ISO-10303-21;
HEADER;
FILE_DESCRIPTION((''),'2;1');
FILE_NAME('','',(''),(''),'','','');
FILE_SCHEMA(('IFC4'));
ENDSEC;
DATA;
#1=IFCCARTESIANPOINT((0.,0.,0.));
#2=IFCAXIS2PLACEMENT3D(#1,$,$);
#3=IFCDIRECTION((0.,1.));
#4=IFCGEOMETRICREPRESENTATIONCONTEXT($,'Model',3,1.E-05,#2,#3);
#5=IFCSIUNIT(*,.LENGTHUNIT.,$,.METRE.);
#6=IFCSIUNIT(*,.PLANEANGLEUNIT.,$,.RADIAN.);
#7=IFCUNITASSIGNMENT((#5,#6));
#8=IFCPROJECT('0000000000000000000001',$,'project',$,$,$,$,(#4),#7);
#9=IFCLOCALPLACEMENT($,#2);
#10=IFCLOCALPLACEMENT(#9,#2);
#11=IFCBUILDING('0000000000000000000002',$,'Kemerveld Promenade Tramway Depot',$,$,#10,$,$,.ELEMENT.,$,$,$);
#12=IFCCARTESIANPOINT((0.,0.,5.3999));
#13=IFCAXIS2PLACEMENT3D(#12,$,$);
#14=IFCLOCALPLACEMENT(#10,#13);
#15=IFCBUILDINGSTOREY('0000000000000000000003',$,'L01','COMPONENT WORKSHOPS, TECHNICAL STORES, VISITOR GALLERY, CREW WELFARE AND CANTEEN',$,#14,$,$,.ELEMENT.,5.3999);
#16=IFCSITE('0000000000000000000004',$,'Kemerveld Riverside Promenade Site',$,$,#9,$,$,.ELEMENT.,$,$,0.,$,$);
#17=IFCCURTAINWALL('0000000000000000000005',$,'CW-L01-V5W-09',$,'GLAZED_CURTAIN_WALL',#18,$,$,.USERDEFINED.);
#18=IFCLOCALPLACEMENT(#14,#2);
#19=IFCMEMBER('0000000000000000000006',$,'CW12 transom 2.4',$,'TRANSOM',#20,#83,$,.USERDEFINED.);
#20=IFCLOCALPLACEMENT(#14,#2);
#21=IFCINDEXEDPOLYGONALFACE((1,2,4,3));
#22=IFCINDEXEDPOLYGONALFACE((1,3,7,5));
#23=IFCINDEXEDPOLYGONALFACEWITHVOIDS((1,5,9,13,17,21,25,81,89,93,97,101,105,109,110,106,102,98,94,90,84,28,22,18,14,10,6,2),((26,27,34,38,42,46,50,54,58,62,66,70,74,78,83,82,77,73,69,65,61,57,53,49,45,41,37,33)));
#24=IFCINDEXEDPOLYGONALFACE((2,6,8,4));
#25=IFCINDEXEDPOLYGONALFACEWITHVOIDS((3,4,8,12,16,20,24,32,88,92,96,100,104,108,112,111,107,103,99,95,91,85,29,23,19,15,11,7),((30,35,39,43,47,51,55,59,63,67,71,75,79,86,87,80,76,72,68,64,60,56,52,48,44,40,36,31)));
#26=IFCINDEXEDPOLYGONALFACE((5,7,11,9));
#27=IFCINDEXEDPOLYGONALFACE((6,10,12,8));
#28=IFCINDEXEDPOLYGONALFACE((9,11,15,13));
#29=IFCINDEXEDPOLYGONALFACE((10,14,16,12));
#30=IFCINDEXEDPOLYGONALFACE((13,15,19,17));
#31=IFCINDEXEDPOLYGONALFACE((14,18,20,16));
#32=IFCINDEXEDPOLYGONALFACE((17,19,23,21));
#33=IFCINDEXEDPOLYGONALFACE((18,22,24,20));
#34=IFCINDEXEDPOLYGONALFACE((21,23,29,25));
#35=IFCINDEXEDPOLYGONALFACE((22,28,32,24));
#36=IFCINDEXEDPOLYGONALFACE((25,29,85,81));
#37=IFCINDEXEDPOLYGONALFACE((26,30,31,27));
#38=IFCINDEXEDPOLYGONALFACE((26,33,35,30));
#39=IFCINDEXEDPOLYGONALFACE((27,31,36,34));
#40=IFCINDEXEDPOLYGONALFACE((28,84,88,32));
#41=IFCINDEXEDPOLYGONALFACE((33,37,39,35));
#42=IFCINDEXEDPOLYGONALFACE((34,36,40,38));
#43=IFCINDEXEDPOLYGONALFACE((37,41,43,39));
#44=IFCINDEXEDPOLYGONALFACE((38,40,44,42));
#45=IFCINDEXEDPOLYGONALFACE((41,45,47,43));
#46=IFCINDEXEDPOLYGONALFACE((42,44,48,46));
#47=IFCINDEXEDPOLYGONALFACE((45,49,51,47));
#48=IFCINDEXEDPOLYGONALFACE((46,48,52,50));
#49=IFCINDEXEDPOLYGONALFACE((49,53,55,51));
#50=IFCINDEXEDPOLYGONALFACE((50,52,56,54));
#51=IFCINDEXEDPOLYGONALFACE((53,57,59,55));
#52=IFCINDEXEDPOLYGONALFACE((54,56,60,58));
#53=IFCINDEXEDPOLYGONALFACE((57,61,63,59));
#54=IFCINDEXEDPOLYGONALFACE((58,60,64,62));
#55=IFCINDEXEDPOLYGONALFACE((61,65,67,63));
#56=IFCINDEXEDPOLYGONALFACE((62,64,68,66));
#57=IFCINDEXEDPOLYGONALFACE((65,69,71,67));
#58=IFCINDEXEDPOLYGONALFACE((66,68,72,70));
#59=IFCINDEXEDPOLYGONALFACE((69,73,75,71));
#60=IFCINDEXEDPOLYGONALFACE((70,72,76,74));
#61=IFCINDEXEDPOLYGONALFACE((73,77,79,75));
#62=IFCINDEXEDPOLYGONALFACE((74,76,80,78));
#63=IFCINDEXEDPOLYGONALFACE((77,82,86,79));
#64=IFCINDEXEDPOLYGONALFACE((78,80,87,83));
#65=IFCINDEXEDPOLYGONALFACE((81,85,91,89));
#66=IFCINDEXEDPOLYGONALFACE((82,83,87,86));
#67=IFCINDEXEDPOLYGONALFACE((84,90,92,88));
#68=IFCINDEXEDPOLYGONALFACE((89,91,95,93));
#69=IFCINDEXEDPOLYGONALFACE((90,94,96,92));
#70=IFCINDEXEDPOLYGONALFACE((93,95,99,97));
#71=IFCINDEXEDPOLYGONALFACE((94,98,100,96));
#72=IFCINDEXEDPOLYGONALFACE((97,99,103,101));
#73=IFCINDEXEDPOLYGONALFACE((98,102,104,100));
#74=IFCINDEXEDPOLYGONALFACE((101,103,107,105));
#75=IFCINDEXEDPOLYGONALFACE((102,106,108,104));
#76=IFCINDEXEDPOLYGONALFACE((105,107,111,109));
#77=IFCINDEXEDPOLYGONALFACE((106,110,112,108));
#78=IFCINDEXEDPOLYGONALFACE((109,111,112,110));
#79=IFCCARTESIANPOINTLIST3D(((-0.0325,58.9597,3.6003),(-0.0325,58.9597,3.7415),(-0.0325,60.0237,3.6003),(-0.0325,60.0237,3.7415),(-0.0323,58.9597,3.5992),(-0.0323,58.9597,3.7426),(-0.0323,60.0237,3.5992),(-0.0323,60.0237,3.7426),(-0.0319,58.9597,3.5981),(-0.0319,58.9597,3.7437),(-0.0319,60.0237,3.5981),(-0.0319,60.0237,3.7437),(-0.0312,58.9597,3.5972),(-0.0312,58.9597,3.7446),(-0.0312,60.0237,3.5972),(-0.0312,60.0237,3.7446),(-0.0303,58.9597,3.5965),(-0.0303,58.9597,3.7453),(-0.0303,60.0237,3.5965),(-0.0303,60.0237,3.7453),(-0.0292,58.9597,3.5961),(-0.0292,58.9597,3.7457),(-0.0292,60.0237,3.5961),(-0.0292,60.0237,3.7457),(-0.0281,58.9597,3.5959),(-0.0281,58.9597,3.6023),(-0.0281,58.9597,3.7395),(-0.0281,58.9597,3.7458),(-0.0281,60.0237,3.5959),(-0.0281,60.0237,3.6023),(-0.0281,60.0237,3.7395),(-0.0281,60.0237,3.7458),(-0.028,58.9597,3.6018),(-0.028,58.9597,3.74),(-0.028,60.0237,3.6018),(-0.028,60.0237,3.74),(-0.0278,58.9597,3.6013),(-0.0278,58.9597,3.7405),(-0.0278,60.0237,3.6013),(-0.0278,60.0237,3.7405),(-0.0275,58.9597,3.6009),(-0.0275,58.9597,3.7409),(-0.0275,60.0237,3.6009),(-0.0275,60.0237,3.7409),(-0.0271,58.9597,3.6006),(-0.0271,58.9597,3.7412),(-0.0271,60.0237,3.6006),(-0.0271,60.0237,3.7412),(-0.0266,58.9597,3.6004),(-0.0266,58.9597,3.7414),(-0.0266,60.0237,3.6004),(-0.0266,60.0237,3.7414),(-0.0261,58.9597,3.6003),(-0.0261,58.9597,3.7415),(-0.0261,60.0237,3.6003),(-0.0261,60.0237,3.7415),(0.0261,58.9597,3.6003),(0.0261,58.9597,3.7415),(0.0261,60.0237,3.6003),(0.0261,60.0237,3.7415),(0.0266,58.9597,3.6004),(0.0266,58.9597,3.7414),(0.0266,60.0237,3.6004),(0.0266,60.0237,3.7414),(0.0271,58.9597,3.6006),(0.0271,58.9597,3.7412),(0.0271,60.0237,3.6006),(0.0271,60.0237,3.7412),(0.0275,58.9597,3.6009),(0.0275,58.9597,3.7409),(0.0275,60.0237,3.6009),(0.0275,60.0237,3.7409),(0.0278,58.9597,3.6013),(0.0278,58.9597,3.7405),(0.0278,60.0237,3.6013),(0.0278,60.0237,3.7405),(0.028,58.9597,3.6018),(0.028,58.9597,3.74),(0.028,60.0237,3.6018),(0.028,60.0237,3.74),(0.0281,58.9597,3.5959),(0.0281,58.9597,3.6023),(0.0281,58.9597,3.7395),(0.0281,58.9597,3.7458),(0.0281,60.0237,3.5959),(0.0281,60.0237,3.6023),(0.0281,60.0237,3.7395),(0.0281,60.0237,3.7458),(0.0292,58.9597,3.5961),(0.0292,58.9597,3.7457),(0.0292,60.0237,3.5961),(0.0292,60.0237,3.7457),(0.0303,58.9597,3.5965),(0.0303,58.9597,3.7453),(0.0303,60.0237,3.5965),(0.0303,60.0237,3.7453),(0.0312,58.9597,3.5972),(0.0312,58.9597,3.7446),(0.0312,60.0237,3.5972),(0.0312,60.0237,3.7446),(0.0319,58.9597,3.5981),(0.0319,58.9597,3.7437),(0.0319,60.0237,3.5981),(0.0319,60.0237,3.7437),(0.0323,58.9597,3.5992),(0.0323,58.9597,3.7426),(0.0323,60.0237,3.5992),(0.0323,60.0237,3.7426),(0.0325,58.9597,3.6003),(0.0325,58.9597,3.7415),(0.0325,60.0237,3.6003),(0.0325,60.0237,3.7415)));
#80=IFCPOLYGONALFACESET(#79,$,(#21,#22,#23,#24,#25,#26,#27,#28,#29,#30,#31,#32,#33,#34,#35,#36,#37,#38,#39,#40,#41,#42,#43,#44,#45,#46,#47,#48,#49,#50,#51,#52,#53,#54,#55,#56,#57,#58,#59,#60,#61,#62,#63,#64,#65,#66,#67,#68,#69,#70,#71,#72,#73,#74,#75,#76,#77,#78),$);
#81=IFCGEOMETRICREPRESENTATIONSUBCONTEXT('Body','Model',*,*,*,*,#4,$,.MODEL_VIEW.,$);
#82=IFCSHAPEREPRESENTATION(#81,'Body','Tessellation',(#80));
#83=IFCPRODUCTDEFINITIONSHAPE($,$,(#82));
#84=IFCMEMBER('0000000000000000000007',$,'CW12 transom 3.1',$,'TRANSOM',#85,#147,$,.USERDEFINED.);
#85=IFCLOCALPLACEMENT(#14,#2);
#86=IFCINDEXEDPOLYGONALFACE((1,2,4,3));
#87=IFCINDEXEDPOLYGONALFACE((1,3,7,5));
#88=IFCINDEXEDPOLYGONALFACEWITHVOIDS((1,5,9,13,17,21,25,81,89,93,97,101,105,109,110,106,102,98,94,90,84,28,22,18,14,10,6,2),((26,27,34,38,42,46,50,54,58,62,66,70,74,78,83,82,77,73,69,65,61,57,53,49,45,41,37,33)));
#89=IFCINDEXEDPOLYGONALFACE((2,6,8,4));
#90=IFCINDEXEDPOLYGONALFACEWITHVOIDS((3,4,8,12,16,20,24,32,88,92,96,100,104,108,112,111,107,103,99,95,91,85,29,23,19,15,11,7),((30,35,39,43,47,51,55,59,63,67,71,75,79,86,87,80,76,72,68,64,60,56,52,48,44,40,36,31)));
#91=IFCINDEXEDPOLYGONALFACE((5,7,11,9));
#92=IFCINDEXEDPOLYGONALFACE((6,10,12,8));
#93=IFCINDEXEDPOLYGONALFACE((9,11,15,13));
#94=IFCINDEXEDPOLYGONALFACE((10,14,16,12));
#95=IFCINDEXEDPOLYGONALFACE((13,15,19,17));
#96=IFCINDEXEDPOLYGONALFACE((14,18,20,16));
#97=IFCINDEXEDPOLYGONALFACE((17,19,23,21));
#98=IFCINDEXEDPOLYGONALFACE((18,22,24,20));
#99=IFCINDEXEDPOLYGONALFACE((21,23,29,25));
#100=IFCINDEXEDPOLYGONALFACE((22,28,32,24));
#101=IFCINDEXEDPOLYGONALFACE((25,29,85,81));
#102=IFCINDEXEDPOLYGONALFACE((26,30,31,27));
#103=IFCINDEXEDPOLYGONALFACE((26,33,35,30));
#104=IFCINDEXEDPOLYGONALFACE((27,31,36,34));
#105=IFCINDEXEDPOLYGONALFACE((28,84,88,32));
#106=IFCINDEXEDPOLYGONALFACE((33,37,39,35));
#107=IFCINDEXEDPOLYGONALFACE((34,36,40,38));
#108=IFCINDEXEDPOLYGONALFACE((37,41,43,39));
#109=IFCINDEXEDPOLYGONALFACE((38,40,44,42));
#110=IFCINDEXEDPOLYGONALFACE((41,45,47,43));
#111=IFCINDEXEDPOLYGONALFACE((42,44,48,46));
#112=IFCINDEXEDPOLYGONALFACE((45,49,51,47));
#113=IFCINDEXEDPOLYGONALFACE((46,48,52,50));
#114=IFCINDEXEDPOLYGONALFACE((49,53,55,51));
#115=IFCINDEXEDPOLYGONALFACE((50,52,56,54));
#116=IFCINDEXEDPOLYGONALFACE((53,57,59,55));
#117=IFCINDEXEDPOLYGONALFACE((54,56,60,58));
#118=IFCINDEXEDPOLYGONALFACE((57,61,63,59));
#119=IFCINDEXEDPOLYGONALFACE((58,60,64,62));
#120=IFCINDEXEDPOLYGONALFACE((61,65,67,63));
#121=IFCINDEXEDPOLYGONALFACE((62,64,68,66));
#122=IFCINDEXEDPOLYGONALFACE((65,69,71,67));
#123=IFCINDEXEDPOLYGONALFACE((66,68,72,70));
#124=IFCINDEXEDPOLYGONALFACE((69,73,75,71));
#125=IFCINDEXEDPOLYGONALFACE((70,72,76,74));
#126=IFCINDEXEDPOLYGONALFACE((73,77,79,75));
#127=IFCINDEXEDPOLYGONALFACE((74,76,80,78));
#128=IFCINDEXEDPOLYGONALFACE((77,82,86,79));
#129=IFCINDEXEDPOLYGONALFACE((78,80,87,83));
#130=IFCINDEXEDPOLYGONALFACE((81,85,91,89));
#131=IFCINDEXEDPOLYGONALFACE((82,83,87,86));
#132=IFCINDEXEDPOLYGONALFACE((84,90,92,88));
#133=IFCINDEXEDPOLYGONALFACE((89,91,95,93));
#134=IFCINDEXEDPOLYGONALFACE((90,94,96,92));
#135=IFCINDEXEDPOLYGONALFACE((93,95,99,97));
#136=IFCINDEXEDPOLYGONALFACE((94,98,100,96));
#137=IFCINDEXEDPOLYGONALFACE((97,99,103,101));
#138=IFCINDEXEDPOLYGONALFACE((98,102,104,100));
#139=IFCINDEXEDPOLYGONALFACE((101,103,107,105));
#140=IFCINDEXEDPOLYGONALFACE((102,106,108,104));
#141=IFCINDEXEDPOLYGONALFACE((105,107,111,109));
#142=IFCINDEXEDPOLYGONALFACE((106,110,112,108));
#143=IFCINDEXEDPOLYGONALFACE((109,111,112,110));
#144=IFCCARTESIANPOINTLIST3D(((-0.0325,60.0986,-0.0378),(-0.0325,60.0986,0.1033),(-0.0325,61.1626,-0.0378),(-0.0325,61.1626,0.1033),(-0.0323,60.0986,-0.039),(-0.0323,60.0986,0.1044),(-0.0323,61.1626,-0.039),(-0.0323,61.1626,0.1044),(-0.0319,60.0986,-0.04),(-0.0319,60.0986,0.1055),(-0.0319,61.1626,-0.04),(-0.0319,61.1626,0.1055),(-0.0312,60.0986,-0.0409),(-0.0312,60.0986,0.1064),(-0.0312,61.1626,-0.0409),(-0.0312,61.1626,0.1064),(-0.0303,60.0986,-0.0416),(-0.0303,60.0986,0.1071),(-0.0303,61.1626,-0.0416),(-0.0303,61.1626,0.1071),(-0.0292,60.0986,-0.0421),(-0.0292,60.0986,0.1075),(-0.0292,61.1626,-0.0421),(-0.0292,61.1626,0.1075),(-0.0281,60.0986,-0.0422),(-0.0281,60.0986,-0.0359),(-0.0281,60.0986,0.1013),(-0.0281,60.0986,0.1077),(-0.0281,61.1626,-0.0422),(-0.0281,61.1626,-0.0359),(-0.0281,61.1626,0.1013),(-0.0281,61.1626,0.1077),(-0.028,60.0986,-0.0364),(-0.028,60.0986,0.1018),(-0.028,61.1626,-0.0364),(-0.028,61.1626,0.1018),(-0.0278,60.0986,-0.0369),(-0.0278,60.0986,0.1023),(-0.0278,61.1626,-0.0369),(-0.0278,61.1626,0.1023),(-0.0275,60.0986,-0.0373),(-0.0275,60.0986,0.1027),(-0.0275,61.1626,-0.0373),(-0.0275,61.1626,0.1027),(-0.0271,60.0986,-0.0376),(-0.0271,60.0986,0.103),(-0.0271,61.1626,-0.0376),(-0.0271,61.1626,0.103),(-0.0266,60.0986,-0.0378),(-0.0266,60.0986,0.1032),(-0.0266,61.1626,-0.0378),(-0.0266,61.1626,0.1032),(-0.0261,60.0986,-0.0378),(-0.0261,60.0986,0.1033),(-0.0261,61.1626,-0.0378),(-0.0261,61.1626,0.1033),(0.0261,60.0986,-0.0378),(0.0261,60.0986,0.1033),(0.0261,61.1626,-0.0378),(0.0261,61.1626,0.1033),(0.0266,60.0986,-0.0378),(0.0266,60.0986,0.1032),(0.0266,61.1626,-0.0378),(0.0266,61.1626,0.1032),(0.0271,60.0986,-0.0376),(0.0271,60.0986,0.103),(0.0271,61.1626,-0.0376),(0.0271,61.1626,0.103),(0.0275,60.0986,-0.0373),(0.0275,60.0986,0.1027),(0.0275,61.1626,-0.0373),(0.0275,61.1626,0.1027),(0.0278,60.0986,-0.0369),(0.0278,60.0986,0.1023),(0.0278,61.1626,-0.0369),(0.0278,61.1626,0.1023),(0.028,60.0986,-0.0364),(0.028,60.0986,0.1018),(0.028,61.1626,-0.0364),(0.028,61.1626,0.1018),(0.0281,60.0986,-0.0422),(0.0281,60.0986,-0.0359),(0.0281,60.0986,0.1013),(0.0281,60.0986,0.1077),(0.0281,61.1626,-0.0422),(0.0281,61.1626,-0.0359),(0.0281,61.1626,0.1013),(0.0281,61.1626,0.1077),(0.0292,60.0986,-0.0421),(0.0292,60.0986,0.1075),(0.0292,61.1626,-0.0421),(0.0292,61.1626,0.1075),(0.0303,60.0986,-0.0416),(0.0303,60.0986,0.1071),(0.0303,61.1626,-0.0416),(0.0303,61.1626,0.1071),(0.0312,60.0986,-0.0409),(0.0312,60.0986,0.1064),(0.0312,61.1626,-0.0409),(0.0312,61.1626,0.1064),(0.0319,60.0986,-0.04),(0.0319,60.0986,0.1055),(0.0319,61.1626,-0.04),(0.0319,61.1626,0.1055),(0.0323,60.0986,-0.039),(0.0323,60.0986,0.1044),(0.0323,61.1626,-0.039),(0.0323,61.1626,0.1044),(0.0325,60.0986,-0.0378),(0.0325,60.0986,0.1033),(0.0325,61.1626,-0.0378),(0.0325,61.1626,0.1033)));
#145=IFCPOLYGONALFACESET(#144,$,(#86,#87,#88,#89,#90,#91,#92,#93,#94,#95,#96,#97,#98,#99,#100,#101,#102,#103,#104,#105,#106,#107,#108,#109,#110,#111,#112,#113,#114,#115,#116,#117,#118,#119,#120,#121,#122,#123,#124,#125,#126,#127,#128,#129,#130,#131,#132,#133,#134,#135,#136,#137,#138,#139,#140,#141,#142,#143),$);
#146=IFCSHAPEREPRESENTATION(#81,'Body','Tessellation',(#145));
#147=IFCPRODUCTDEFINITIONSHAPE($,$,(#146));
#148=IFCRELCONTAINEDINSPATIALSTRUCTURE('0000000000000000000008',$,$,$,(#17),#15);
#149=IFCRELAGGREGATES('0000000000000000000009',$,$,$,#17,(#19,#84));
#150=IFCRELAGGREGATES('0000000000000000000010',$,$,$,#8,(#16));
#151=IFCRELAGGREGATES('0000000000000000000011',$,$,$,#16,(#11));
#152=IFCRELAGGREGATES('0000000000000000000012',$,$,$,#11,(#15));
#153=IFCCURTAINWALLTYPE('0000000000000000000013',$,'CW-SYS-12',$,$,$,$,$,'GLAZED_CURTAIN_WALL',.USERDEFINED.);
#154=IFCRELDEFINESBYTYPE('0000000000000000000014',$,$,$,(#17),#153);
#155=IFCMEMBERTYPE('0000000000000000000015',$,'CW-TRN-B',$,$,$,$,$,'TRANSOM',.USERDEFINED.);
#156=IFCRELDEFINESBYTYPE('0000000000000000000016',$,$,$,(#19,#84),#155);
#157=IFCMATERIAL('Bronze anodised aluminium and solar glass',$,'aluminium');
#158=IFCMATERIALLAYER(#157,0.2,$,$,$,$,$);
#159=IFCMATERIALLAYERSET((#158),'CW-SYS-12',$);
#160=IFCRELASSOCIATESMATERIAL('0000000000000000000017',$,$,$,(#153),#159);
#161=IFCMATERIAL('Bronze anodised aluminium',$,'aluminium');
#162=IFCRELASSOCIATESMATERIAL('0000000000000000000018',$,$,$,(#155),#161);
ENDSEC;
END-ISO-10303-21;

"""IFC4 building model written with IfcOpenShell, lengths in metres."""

from ifc_helpers import new_model, si_unit, direction, frame, origin, origin_2d, place, context, subcontext, project, spatial, hollow_rectangle, extrude, material, layer, layer_set, material_profile, profile_set, type_object, element, aggregate, save


model = new_model("IFC4")

# Units and contexts
model_context = context("Model", 3, precision=1e-05, world=origin(), true_north=direction((0.0, 1.0)))
body_context = subcontext(model_context, "Body", "Model", "MODEL_VIEW")
ifc_project = project(units=[si_unit("LENGTHUNIT", "METRE"), si_unit("PLANEANGLEUNIT", "RADIAN")], contexts=[model_context])

# Site, building, storey
site_placement = place(None, origin())
site = spatial("IfcSite", under=ifc_project, at=site_placement, Name="Kemerveld Riverside Promenade Site", CompositionType="ELEMENT", RefElevation=0.0)
building_placement = place(site_placement, origin())
building = spatial("IfcBuilding", under=site, at=building_placement, Name="Kemerveld Promenade Tramway Depot", CompositionType="ELEMENT")
storey_placement = place(building_placement, frame((0.0, 0.0, 5.3999)))
storey = spatial("IfcBuildingStorey", under=building, at=storey_placement, Name="L01", Description="COMPONENT WORKSHOPS, TECHNICAL STORES, VISITOR GALLERY, CREW WELFARE AND CANTEEN", CompositionType="ELEMENT", Elevation=5.3999)

# Curtain wall, members
ifc_material_1 = material(Name="Bronze anodised aluminium and solar glass", Category="aluminium")
ifc_layer_1 = layer(ifc_material_1, 0.2)
ifc_layer_set_1 = layer_set([ifc_layer_1], Name="CW-SYS-12")
curtain_wall_type = type_object("IfcCurtainWallType", Name="CW-SYS-12", ElementType="GLAZED_CURTAIN_WALL", PredefinedType="USERDEFINED", material=ifc_layer_set_1)
curtain_wall_placement = place(storey_placement, origin())
curtain_wall = element("IfcCurtainWall", 1, at=curtain_wall_placement, inside=storey, type_object=curtain_wall_type, Name="CW-L01-V5W-09", ObjectType="GLAZED_CURTAIN_WALL", PredefinedType="USERDEFINED")
ifc_material_2 = material(Name="Bronze anodised aluminium", Category="aluminium")
ifc_material_profile_1 = material_profile(ifc_material_2, hollow_rectangle(XDim=0.0649, YDim=0.1499, WallThickness=0.0044, InnerFilletRadius=0.002, OuterFilletRadius=0.0044, at=origin_2d()), Name="CW-TRN-150x65")
ifc_profile_set_1 = profile_set([ifc_material_profile_1], Name="Bronze anodised aluminium")
member_type_1 = type_object("IfcMemberType", Name="CW-TRN-B", ElementType="TRANSOM", PredefinedType="USERDEFINED", material=ifc_profile_set_1)
member_1_placement = place(storey_placement, frame((0.0, 58.9597, 3.6709), z_axis=(0.0, 1.0, 0.0), x_axis=(-1.0, 0.0, 0.0)))
member_1 = element("IfcMember", 2, at=member_1_placement, type_object=member_type_1, Name="CW12 transom 2.4", ObjectType="TRANSOM", PredefinedType="USERDEFINED", context=body_context, shape_type="SweptSolid", body=[
    extrude(hollow_rectangle(XDim=0.0649, YDim=0.1499, WallThickness=0.0044, InnerFilletRadius=0.002, OuterFilletRadius=0.0044, at=origin_2d()), origin(), (0.0, 0.0, 1.0), 1.064),
])
member_2_placement = place(storey_placement, frame((0.0, 60.0986, 0.0327), z_axis=(0.0, 1.0, 0.0), x_axis=(-1.0, 0.0, 0.0)))
member_2 = element("IfcMember", 3, at=member_2_placement, type_object=member_type_1, Name="CW12 transom 3.1", ObjectType="TRANSOM", PredefinedType="USERDEFINED", context=body_context, shape_type="SweptSolid", body=[
    extrude(hollow_rectangle(XDim=0.0649, YDim=0.1499, WallThickness=0.0044, InnerFilletRadius=0.002, OuterFilletRadius=0.0044, at=origin_2d()), origin(), (0.0, 0.0, 1.0), 1.064),
])
aggregate(curtain_wall, [member_1, member_2])

save(model, "model.ifc")
